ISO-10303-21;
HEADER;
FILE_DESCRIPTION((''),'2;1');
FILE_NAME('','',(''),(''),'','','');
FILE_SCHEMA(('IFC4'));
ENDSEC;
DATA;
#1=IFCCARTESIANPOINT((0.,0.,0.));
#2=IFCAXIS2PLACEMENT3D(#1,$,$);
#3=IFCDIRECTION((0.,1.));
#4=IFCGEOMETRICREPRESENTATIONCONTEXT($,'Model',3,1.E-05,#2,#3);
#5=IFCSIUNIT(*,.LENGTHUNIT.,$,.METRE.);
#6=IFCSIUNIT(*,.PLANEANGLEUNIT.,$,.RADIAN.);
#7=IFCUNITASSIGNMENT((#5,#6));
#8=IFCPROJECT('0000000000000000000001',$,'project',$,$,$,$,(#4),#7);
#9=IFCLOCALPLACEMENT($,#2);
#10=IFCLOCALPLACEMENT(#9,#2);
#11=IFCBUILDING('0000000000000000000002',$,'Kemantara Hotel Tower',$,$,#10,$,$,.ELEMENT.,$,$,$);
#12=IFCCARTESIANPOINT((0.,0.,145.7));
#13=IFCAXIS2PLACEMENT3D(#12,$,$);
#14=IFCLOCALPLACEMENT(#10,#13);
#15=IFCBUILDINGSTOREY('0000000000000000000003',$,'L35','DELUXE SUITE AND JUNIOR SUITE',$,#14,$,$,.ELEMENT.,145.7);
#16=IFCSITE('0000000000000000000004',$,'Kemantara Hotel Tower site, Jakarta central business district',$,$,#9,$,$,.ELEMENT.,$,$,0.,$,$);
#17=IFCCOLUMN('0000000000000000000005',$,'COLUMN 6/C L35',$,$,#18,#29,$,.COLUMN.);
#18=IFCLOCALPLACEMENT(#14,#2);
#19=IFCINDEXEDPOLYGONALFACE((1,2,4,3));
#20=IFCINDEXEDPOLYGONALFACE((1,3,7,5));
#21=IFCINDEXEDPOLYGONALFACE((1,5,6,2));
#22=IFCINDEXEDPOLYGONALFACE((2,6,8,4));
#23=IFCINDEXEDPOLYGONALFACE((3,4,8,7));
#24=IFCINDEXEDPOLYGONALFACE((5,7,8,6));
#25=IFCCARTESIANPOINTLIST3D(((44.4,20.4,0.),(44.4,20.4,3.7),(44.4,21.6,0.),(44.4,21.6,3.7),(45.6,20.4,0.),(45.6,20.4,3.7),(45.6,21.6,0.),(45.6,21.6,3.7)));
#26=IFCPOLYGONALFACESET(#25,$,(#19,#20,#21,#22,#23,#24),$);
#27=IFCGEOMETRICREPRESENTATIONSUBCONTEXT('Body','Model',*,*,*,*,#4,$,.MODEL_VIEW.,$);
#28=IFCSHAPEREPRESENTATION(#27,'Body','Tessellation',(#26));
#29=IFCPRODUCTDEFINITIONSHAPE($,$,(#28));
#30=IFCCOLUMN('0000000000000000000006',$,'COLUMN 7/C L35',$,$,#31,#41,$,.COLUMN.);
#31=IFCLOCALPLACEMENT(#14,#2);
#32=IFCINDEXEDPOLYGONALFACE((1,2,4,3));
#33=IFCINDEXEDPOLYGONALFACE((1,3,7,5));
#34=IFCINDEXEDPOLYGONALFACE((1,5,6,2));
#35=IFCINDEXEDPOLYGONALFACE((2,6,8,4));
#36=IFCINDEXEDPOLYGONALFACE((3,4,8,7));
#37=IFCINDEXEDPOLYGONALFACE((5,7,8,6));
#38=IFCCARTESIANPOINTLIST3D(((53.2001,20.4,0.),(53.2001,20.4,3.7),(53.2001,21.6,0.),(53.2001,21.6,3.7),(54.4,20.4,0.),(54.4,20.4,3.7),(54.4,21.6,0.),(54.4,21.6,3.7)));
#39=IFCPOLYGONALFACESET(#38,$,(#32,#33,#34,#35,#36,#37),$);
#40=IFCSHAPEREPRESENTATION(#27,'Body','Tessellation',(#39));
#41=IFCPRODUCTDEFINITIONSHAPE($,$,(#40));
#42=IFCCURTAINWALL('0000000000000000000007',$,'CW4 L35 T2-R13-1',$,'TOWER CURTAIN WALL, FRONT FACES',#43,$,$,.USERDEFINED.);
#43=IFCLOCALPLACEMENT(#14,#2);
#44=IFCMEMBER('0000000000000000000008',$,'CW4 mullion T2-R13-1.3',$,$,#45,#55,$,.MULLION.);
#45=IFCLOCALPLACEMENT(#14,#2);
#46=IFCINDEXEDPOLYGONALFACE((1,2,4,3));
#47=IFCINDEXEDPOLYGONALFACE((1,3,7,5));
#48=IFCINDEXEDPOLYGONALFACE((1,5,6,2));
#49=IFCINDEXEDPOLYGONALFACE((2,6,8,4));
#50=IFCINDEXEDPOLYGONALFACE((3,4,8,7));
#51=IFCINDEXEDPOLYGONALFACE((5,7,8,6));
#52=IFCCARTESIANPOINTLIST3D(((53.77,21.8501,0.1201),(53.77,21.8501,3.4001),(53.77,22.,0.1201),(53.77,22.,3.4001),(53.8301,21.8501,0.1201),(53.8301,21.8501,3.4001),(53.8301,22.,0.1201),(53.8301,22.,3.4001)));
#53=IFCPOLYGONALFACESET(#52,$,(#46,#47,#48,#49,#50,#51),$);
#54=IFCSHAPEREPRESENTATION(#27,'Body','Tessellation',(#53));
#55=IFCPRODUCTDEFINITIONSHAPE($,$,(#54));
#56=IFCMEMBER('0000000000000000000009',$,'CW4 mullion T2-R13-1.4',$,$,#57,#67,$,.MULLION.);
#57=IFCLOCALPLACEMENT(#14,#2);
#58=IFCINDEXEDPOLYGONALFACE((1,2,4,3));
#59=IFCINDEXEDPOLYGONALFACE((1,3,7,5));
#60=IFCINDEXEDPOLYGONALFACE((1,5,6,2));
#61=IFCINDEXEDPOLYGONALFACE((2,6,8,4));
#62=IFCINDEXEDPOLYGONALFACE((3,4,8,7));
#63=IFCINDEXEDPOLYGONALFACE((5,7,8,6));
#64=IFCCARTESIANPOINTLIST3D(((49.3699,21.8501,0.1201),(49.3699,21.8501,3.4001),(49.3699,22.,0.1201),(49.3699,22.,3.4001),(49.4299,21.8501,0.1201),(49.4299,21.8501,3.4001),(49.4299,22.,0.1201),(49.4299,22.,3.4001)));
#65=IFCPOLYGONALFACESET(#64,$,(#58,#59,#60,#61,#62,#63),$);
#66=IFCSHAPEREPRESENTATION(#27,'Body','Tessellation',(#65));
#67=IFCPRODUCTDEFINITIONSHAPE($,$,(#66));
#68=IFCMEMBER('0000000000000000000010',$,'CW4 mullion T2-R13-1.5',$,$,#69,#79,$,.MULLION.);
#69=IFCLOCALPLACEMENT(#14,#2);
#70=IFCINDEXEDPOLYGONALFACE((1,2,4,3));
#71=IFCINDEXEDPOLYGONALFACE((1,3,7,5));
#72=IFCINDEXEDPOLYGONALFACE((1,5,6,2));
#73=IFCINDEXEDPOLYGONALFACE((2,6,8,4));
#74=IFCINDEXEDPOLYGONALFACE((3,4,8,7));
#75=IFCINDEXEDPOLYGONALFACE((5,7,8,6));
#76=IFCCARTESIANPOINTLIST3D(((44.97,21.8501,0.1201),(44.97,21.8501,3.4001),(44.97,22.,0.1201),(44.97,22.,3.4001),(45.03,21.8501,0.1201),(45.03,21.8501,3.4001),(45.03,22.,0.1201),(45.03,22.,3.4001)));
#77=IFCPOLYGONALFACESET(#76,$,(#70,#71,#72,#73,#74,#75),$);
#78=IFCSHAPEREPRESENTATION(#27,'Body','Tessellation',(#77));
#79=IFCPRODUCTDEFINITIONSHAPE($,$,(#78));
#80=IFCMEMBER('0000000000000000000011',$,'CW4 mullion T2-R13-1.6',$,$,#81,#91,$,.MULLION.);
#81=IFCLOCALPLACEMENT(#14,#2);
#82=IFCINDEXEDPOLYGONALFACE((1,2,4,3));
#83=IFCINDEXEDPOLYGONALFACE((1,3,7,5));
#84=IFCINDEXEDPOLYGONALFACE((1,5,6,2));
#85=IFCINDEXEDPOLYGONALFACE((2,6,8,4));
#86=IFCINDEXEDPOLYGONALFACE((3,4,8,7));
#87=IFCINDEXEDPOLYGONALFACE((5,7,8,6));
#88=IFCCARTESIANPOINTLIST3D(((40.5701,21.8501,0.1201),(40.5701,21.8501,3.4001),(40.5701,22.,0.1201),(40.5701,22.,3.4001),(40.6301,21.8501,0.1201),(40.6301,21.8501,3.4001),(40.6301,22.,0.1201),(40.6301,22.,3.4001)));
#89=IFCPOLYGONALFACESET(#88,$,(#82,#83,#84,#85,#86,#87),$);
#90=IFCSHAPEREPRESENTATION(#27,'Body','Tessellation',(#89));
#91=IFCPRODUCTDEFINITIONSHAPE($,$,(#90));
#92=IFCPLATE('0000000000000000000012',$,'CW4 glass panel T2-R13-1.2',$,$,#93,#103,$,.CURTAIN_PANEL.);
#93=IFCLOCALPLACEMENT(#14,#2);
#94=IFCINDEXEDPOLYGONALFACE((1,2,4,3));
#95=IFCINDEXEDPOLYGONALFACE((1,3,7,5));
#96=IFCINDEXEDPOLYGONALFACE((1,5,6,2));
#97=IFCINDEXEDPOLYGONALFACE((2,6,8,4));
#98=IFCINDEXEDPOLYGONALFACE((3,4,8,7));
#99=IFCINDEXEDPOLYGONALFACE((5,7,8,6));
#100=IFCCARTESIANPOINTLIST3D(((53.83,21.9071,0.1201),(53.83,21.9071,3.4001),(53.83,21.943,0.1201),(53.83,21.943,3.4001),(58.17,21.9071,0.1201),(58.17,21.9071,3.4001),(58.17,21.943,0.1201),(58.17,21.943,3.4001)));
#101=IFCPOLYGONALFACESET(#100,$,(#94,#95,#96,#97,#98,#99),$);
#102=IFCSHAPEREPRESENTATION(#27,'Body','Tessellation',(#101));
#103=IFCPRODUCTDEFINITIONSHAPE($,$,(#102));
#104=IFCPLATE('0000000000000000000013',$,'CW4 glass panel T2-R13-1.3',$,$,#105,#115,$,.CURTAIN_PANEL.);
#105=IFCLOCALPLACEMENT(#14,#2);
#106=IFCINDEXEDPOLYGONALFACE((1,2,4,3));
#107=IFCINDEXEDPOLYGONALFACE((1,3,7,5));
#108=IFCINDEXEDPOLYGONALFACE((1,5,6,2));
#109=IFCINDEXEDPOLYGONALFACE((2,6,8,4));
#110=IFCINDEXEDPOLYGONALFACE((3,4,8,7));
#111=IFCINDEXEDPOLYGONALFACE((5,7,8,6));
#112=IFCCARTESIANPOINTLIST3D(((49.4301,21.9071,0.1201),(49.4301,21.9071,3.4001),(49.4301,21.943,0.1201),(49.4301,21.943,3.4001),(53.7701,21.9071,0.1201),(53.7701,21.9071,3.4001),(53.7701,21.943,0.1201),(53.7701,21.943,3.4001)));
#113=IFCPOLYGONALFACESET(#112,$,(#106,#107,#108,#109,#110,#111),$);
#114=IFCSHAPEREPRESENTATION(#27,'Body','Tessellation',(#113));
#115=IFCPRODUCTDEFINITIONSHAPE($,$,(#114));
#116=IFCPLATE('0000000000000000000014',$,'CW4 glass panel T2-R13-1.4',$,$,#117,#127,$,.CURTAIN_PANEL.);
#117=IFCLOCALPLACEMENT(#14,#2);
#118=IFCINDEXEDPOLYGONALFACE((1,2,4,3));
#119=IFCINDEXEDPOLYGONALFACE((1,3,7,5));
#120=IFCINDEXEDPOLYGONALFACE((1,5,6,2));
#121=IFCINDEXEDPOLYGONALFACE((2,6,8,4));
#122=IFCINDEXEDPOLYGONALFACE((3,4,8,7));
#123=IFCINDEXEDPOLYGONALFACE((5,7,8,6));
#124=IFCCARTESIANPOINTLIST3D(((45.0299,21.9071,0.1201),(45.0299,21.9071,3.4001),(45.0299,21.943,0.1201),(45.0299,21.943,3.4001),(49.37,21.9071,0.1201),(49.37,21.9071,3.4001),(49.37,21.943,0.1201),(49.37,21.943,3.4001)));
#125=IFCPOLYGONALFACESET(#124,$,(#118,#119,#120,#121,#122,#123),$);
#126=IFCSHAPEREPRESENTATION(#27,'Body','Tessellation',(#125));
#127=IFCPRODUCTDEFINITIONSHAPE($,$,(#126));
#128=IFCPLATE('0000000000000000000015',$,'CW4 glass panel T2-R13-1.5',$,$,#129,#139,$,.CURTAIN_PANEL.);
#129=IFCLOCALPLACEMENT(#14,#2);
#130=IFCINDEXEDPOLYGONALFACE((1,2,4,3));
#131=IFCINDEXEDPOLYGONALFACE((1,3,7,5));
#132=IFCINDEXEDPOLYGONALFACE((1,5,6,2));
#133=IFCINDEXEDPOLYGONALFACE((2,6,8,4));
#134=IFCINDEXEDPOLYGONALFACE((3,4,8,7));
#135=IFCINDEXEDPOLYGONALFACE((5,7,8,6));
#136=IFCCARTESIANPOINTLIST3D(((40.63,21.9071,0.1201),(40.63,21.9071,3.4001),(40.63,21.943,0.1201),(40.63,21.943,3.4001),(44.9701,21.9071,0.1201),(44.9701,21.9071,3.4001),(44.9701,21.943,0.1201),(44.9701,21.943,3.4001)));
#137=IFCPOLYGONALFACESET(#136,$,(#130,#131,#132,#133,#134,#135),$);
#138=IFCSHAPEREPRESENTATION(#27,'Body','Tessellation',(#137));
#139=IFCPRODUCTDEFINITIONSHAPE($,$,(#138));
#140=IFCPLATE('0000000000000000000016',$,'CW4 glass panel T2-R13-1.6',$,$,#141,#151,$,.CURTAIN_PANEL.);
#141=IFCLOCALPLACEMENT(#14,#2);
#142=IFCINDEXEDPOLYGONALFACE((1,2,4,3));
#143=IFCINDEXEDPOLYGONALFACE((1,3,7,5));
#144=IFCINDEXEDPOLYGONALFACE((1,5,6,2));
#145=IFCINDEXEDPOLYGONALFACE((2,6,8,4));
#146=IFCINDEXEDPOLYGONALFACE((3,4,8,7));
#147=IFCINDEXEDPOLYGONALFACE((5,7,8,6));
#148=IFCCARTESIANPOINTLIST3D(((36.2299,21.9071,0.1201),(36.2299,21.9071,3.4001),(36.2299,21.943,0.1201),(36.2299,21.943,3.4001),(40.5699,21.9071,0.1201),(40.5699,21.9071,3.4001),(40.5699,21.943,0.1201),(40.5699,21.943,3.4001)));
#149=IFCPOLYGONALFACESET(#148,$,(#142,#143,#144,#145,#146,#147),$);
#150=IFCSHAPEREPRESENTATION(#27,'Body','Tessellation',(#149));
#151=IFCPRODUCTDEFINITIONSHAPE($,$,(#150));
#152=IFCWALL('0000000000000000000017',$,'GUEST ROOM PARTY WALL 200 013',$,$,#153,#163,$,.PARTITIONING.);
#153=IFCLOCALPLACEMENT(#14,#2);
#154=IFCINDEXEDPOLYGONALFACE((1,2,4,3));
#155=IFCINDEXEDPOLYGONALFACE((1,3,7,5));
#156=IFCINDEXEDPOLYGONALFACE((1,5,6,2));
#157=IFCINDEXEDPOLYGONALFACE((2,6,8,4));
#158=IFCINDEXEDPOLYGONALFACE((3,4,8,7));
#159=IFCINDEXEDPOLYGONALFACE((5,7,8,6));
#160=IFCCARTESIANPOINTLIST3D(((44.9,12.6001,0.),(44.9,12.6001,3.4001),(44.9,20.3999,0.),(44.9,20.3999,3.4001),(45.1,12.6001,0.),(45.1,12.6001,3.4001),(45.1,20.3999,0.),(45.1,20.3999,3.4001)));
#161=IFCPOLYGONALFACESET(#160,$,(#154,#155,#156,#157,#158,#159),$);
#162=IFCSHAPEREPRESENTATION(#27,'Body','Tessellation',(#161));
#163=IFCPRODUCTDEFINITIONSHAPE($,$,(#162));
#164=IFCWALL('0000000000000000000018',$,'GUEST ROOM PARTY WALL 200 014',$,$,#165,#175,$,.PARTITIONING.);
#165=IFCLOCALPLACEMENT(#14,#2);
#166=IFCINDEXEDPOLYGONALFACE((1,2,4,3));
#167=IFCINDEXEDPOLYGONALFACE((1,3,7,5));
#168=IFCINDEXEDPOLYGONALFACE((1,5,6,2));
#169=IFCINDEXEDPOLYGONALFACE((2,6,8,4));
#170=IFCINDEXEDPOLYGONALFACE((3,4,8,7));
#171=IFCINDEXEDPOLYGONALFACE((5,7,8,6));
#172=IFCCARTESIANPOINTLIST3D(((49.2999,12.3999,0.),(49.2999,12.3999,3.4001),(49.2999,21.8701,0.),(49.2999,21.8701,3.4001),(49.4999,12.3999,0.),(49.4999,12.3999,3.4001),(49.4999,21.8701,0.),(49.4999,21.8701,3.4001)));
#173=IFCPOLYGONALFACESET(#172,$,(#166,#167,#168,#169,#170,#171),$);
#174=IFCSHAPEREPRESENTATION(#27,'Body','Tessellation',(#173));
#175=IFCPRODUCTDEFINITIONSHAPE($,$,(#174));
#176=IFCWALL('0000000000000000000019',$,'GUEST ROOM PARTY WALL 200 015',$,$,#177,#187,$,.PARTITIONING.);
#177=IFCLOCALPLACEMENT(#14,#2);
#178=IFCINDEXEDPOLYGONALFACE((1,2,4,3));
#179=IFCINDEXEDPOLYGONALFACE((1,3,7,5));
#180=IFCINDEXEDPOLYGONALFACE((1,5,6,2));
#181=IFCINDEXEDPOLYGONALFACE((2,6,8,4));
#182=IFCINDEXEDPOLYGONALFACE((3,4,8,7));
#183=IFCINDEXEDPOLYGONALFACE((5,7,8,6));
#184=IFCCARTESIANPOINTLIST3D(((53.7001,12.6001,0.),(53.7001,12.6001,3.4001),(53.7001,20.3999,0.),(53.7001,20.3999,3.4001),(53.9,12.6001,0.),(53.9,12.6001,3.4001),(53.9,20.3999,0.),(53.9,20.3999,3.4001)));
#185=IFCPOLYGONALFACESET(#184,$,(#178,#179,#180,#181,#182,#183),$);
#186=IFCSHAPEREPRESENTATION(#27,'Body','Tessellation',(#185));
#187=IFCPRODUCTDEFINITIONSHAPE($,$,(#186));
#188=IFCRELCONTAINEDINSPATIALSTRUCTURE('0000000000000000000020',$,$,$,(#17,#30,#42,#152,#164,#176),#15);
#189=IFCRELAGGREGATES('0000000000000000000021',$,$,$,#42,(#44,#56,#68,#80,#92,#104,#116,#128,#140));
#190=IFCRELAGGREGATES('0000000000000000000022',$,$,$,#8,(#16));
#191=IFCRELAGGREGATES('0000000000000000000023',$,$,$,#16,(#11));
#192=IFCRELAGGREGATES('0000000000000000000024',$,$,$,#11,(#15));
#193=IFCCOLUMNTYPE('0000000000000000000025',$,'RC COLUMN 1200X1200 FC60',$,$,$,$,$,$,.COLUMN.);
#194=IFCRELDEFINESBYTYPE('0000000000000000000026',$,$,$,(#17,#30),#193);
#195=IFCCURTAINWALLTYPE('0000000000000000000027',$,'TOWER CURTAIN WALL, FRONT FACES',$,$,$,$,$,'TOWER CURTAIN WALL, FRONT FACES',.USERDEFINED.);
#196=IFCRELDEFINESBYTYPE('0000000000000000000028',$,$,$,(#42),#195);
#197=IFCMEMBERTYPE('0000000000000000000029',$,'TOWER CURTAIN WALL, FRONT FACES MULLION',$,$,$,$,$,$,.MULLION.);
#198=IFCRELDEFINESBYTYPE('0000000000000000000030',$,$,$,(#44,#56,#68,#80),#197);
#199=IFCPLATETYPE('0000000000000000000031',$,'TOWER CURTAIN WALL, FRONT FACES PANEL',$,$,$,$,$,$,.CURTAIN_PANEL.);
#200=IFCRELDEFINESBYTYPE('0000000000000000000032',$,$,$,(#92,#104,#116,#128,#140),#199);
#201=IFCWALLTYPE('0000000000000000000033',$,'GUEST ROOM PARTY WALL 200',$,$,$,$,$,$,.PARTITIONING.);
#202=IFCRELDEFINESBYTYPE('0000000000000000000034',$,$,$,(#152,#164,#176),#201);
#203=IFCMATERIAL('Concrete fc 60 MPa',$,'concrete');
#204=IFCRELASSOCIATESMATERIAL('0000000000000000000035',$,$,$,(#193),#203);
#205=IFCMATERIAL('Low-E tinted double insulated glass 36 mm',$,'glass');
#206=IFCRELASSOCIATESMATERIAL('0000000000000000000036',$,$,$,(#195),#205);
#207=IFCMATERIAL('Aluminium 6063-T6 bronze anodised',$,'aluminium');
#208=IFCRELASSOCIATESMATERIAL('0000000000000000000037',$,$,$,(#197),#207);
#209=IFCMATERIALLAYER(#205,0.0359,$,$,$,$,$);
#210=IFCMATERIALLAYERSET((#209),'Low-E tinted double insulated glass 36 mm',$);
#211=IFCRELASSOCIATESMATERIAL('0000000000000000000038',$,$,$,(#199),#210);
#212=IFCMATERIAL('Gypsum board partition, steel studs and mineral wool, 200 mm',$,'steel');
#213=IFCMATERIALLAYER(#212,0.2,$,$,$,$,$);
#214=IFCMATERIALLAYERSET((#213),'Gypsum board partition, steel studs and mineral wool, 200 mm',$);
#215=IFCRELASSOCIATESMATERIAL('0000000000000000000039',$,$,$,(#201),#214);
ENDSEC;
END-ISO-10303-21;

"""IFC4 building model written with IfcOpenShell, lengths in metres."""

from ifc_helpers import new_model, si_unit, direction, frame, frame_2d, origin, origin_2d, place, context, subcontext, project, spatial, rectangle, extrude, source, transform, mapped, material, layer, layer_set, material_profile, profile_set, type_object, element, aggregate, save


model = new_model("IFC4")

# Units and contexts
model_context = context("Model", 3, precision=1e-05, world=origin(), true_north=direction((0.0, 1.0)))
body_context = subcontext(model_context, "Body", "Model", "MODEL_VIEW")
ifc_project = project(units=[si_unit("LENGTHUNIT", "METRE"), si_unit("PLANEANGLEUNIT", "RADIAN")], contexts=[model_context])

# Site, building, storey
site_placement = place(None, origin())
site = spatial("IfcSite", under=ifc_project, at=site_placement, Name="Kemantara Hotel Tower site, Jakarta central business district", CompositionType="ELEMENT", RefElevation=0.0)
building_placement = place(site_placement, origin())
building = spatial("IfcBuilding", under=site, at=building_placement, Name="Kemantara Hotel Tower", CompositionType="ELEMENT")
storey_placement = place(building_placement, frame((0.0, 0.0, 145.7)))
storey = spatial("IfcBuildingStorey", under=building, at=storey_placement, Name="L35", Description="DELUXE SUITE AND JUNIOR SUITE", CompositionType="ELEMENT", Elevation=145.7)

# Columns
ifc_material_1 = material(Name="Concrete fc 60 MPa", Category="concrete")
ifc_material_profile_1 = material_profile(ifc_material_1, rectangle(XDim=1.2, YDim=1.2, at=origin_2d()), Name="RC 1200X1200")
ifc_profile_set_1 = profile_set([ifc_material_profile_1], Name="Concrete fc 60 MPa")
column_type = type_object("IfcColumnType", Name="RC COLUMN 1200X1200 FC60", PredefinedType="COLUMN", material=ifc_profile_set_1)
for number, where, z_axis, x_axis, name in (
    (1, (45.0, 21.0, 0.0), (0.0, 0.0, 1.0), (1.0, 0.0, 0.0), "COLUMN 6/C L35"),
    (2, (53.8, 21.0, 0.0), (0.0, 0.0, 1.0), (1.0, 0.0, 0.0), "COLUMN 7/C L35"),
):
    element("IfcColumn", number, at=place(storey_placement, frame(where, z_axis=z_axis, x_axis=x_axis)), inside=storey, type_object=column_type, Name=name, PredefinedType="COLUMN", context=body_context, shape_type="SweptSolid", body=[
        extrude(rectangle(XDim=1.2, YDim=1.2, at=origin_2d()), origin(), (0.0, 0.0, 1.0), 3.7),
    ])

# Curtain wall, members, plates
ifc_material_2 = material(Name="Low-E tinted double insulated glass 36 mm", Category="glass")
curtain_wall_type = type_object("IfcCurtainWallType", Name="TOWER CURTAIN WALL, FRONT FACES", ElementType="TOWER CURTAIN WALL, FRONT FACES", PredefinedType="USERDEFINED", material=ifc_material_2)
curtain_wall_placement = place(storey_placement, origin())
curtain_wall = element("IfcCurtainWall", 3, at=curtain_wall_placement, inside=storey, type_object=curtain_wall_type, Name="CW4 L35 T2-R13-1", ObjectType="TOWER CURTAIN WALL, FRONT FACES", PredefinedType="USERDEFINED")
ifc_material_3 = material(Name="Aluminium 6063-T6 bronze anodised", Category="aluminium")
ifc_material_profile_2 = material_profile(ifc_material_3, rectangle(XDim=0.1499, YDim=0.0601, at=origin_2d()), Name="TOWER CURTAIN WALL, FRONT FACES MULLION")
ifc_profile_set_2 = profile_set([ifc_material_profile_2], Name="Aluminium 6063-T6 bronze anodised")
member_type = type_object("IfcMemberType", Name="TOWER CURTAIN WALL, FRONT FACES MULLION", PredefinedType="MULLION", material=ifc_profile_set_2)
shared_shape_1 = source(origin(), body_context, "Body", "SweptSolid", [
    extrude(rectangle(XDim=0.1499, YDim=0.0601, at=origin_2d()), origin(), (0.0, 0.0, 1.0), 3.28),
])
member_1_placement = place(storey_placement, frame((53.8, 21.925, 0.1201), z_axis=(0.0, 0.0, 1.0), x_axis=(0.0, -1.0, 0.0)))
member_1 = element("IfcMember", 4, at=member_1_placement, type_object=member_type, Name="CW4 mullion T2-R13-1.3", PredefinedType="MULLION", context=body_context, shape_type="MappedRepresentation", body=[
    mapped(shared_shape_1, transform((0.0, 0.0, 0.0))),
])
member_2_placement = place(storey_placement, frame((49.3999, 21.925, 0.1201), z_axis=(0.0, 0.0, 1.0), x_axis=(0.0, -1.0, 0.0)))
member_2 = element("IfcMember", 5, at=member_2_placement, type_object=member_type, Name="CW4 mullion T2-R13-1.4", PredefinedType="MULLION", context=body_context, shape_type="MappedRepresentation", body=[
    mapped(shared_shape_1, transform((0.0, 0.0, 0.0))),
])
member_3_placement = place(storey_placement, frame((45.0, 21.925, 0.1201), z_axis=(0.0, 0.0, 1.0), x_axis=(0.0, -1.0, 0.0)))
member_3 = element("IfcMember", 6, at=member_3_placement, type_object=member_type, Name="CW4 mullion T2-R13-1.5", PredefinedType="MULLION", context=body_context, shape_type="MappedRepresentation", body=[
    mapped(shared_shape_1, transform((0.0, 0.0, 0.0))),
])
member_4_placement = place(storey_placement, frame((40.6001, 21.925, 0.1201), z_axis=(0.0, 0.0, 1.0), x_axis=(0.0, -1.0, 0.0)))
member_4 = element("IfcMember", 7, at=member_4_placement, type_object=member_type, Name="CW4 mullion T2-R13-1.6", PredefinedType="MULLION", context=body_context, shape_type="MappedRepresentation", body=[
    mapped(shared_shape_1, transform((0.0, 0.0, 0.0))),
])
ifc_layer_1 = layer(ifc_material_2, 0.0359)
ifc_layer_set_1 = layer_set([ifc_layer_1], Name="Low-E tinted double insulated glass 36 mm")
plate_type = type_object("IfcPlateType", Name="TOWER CURTAIN WALL, FRONT FACES PANEL", PredefinedType="CURTAIN_PANEL", material=ifc_layer_set_1)
shared_shape_2 = source(origin(), body_context, "Body", "SweptSolid", [
    extrude(rectangle(XDim=4.3401, YDim=0.0359, at=origin_2d()), origin(), (0.0, 0.0, 1.0), 3.28),
])
plate_1_placement = place(storey_placement, frame((56.0, 21.925, 0.1201), z_axis=(0.0, 0.0, 1.0), x_axis=(-1.0, 0.0, 0.0)))
plate_1 = element("IfcPlate", 8, at=plate_1_placement, type_object=plate_type, Name="CW4 glass panel T2-R13-1.2", PredefinedType="CURTAIN_PANEL", context=body_context, shape_type="MappedRepresentation", body=[
    mapped(shared_shape_2, transform((0.0, 0.0, 0.0))),
])
plate_2_placement = place(storey_placement, frame((51.6001, 21.925, 0.1201), z_axis=(0.0, 0.0, 1.0), x_axis=(-1.0, 0.0, 0.0)))
plate_2 = element("IfcPlate", 9, at=plate_2_placement, type_object=plate_type, Name="CW4 glass panel T2-R13-1.3", PredefinedType="CURTAIN_PANEL", context=body_context, shape_type="MappedRepresentation", body=[
    mapped(shared_shape_2, transform((0.0, 0.0, 0.0))),
])
plate_3_placement = place(storey_placement, frame((47.2, 21.925, 0.1201), z_axis=(0.0, 0.0, 1.0), x_axis=(-1.0, 0.0, 0.0)))
plate_3 = element("IfcPlate", 10, at=plate_3_placement, type_object=plate_type, Name="CW4 glass panel T2-R13-1.4", PredefinedType="CURTAIN_PANEL", context=body_context, shape_type="MappedRepresentation", body=[
    mapped(shared_shape_2, transform((0.0, 0.0, 0.0))),
])
plate_4_placement = place(storey_placement, frame((42.8, 21.925, 0.1201), z_axis=(0.0, 0.0, 1.0), x_axis=(-1.0, 0.0, 0.0)))
plate_4 = element("IfcPlate", 11, at=plate_4_placement, type_object=plate_type, Name="CW4 glass panel T2-R13-1.5", PredefinedType="CURTAIN_PANEL", context=body_context, shape_type="MappedRepresentation", body=[
    mapped(shared_shape_2, transform((0.0, 0.0, 0.0))),
])
plate_5_placement = place(storey_placement, frame((38.3999, 21.925, 0.1201), z_axis=(0.0, 0.0, 1.0), x_axis=(-1.0, 0.0, 0.0)))
plate_5 = element("IfcPlate", 12, at=plate_5_placement, type_object=plate_type, Name="CW4 glass panel T2-R13-1.6", PredefinedType="CURTAIN_PANEL", context=body_context, shape_type="MappedRepresentation", body=[
    mapped(shared_shape_2, transform((0.0, 0.0, 0.0))),
])
aggregate(curtain_wall, [member_1, member_2, member_3, member_4, plate_1, plate_2, plate_3, plate_4, plate_5])

# Walls
ifc_material_4 = material(Name="Gypsum board partition, steel studs and mineral wool, 200 mm", Category="steel")
ifc_layer_2 = layer(ifc_material_4, 0.2)
ifc_layer_set_2 = layer_set([ifc_layer_2], Name="Gypsum board partition, steel studs and mineral wool, 200 mm")
wall_type_1 = type_object("IfcWallType", Name="GUEST ROOM PARTY WALL 200", PredefinedType="PARTITIONING", material=ifc_layer_set_2)
wall_1_placement = place(storey_placement, frame((45.0, 12.6001, 0.0), z_axis=(0.0, 0.0, 1.0), x_axis=(0.0, 1.0, 0.0)))
element("IfcWall", 13, at=wall_1_placement, inside=storey, type_object=wall_type_1, Name="GUEST ROOM PARTY WALL 200 013", PredefinedType="PARTITIONING", context=body_context, shape_type="SweptSolid", body=[
    extrude(rectangle(XDim=7.7998, YDim=0.2, at=frame_2d((3.8999, 0.0))), origin(), (0.0, 0.0, 1.0), 3.4001),
])
wall_2_placement = place(storey_placement, frame((49.3999, 12.3999, 0.0), z_axis=(0.0, 0.0, 1.0), x_axis=(0.0, 1.0, 0.0)))
element("IfcWall", 14, at=wall_2_placement, inside=storey, type_object=wall_type_1, Name="GUEST ROOM PARTY WALL 200 014", PredefinedType="PARTITIONING", context=body_context, shape_type="SweptSolid", body=[
    extrude(rectangle(XDim=9.4702, YDim=0.2, at=frame_2d((4.7351, 0.0))), origin(), (0.0, 0.0, 1.0), 3.4001),
])
wall_3_placement = place(storey_placement, frame((53.8, 12.6001, 0.0), z_axis=(0.0, 0.0, 1.0), x_axis=(0.0, 1.0, 0.0)))
element("IfcWall", 15, at=wall_3_placement, inside=storey, type_object=wall_type_1, Name="GUEST ROOM PARTY WALL 200 015", PredefinedType="PARTITIONING", context=body_context, shape_type="SweptSolid", body=[
    extrude(rectangle(XDim=7.7998, YDim=0.2, at=frame_2d((3.8999, 0.0))), origin(), (0.0, 0.0, 1.0), 3.4001),
])

save(model, "model.ifc")
